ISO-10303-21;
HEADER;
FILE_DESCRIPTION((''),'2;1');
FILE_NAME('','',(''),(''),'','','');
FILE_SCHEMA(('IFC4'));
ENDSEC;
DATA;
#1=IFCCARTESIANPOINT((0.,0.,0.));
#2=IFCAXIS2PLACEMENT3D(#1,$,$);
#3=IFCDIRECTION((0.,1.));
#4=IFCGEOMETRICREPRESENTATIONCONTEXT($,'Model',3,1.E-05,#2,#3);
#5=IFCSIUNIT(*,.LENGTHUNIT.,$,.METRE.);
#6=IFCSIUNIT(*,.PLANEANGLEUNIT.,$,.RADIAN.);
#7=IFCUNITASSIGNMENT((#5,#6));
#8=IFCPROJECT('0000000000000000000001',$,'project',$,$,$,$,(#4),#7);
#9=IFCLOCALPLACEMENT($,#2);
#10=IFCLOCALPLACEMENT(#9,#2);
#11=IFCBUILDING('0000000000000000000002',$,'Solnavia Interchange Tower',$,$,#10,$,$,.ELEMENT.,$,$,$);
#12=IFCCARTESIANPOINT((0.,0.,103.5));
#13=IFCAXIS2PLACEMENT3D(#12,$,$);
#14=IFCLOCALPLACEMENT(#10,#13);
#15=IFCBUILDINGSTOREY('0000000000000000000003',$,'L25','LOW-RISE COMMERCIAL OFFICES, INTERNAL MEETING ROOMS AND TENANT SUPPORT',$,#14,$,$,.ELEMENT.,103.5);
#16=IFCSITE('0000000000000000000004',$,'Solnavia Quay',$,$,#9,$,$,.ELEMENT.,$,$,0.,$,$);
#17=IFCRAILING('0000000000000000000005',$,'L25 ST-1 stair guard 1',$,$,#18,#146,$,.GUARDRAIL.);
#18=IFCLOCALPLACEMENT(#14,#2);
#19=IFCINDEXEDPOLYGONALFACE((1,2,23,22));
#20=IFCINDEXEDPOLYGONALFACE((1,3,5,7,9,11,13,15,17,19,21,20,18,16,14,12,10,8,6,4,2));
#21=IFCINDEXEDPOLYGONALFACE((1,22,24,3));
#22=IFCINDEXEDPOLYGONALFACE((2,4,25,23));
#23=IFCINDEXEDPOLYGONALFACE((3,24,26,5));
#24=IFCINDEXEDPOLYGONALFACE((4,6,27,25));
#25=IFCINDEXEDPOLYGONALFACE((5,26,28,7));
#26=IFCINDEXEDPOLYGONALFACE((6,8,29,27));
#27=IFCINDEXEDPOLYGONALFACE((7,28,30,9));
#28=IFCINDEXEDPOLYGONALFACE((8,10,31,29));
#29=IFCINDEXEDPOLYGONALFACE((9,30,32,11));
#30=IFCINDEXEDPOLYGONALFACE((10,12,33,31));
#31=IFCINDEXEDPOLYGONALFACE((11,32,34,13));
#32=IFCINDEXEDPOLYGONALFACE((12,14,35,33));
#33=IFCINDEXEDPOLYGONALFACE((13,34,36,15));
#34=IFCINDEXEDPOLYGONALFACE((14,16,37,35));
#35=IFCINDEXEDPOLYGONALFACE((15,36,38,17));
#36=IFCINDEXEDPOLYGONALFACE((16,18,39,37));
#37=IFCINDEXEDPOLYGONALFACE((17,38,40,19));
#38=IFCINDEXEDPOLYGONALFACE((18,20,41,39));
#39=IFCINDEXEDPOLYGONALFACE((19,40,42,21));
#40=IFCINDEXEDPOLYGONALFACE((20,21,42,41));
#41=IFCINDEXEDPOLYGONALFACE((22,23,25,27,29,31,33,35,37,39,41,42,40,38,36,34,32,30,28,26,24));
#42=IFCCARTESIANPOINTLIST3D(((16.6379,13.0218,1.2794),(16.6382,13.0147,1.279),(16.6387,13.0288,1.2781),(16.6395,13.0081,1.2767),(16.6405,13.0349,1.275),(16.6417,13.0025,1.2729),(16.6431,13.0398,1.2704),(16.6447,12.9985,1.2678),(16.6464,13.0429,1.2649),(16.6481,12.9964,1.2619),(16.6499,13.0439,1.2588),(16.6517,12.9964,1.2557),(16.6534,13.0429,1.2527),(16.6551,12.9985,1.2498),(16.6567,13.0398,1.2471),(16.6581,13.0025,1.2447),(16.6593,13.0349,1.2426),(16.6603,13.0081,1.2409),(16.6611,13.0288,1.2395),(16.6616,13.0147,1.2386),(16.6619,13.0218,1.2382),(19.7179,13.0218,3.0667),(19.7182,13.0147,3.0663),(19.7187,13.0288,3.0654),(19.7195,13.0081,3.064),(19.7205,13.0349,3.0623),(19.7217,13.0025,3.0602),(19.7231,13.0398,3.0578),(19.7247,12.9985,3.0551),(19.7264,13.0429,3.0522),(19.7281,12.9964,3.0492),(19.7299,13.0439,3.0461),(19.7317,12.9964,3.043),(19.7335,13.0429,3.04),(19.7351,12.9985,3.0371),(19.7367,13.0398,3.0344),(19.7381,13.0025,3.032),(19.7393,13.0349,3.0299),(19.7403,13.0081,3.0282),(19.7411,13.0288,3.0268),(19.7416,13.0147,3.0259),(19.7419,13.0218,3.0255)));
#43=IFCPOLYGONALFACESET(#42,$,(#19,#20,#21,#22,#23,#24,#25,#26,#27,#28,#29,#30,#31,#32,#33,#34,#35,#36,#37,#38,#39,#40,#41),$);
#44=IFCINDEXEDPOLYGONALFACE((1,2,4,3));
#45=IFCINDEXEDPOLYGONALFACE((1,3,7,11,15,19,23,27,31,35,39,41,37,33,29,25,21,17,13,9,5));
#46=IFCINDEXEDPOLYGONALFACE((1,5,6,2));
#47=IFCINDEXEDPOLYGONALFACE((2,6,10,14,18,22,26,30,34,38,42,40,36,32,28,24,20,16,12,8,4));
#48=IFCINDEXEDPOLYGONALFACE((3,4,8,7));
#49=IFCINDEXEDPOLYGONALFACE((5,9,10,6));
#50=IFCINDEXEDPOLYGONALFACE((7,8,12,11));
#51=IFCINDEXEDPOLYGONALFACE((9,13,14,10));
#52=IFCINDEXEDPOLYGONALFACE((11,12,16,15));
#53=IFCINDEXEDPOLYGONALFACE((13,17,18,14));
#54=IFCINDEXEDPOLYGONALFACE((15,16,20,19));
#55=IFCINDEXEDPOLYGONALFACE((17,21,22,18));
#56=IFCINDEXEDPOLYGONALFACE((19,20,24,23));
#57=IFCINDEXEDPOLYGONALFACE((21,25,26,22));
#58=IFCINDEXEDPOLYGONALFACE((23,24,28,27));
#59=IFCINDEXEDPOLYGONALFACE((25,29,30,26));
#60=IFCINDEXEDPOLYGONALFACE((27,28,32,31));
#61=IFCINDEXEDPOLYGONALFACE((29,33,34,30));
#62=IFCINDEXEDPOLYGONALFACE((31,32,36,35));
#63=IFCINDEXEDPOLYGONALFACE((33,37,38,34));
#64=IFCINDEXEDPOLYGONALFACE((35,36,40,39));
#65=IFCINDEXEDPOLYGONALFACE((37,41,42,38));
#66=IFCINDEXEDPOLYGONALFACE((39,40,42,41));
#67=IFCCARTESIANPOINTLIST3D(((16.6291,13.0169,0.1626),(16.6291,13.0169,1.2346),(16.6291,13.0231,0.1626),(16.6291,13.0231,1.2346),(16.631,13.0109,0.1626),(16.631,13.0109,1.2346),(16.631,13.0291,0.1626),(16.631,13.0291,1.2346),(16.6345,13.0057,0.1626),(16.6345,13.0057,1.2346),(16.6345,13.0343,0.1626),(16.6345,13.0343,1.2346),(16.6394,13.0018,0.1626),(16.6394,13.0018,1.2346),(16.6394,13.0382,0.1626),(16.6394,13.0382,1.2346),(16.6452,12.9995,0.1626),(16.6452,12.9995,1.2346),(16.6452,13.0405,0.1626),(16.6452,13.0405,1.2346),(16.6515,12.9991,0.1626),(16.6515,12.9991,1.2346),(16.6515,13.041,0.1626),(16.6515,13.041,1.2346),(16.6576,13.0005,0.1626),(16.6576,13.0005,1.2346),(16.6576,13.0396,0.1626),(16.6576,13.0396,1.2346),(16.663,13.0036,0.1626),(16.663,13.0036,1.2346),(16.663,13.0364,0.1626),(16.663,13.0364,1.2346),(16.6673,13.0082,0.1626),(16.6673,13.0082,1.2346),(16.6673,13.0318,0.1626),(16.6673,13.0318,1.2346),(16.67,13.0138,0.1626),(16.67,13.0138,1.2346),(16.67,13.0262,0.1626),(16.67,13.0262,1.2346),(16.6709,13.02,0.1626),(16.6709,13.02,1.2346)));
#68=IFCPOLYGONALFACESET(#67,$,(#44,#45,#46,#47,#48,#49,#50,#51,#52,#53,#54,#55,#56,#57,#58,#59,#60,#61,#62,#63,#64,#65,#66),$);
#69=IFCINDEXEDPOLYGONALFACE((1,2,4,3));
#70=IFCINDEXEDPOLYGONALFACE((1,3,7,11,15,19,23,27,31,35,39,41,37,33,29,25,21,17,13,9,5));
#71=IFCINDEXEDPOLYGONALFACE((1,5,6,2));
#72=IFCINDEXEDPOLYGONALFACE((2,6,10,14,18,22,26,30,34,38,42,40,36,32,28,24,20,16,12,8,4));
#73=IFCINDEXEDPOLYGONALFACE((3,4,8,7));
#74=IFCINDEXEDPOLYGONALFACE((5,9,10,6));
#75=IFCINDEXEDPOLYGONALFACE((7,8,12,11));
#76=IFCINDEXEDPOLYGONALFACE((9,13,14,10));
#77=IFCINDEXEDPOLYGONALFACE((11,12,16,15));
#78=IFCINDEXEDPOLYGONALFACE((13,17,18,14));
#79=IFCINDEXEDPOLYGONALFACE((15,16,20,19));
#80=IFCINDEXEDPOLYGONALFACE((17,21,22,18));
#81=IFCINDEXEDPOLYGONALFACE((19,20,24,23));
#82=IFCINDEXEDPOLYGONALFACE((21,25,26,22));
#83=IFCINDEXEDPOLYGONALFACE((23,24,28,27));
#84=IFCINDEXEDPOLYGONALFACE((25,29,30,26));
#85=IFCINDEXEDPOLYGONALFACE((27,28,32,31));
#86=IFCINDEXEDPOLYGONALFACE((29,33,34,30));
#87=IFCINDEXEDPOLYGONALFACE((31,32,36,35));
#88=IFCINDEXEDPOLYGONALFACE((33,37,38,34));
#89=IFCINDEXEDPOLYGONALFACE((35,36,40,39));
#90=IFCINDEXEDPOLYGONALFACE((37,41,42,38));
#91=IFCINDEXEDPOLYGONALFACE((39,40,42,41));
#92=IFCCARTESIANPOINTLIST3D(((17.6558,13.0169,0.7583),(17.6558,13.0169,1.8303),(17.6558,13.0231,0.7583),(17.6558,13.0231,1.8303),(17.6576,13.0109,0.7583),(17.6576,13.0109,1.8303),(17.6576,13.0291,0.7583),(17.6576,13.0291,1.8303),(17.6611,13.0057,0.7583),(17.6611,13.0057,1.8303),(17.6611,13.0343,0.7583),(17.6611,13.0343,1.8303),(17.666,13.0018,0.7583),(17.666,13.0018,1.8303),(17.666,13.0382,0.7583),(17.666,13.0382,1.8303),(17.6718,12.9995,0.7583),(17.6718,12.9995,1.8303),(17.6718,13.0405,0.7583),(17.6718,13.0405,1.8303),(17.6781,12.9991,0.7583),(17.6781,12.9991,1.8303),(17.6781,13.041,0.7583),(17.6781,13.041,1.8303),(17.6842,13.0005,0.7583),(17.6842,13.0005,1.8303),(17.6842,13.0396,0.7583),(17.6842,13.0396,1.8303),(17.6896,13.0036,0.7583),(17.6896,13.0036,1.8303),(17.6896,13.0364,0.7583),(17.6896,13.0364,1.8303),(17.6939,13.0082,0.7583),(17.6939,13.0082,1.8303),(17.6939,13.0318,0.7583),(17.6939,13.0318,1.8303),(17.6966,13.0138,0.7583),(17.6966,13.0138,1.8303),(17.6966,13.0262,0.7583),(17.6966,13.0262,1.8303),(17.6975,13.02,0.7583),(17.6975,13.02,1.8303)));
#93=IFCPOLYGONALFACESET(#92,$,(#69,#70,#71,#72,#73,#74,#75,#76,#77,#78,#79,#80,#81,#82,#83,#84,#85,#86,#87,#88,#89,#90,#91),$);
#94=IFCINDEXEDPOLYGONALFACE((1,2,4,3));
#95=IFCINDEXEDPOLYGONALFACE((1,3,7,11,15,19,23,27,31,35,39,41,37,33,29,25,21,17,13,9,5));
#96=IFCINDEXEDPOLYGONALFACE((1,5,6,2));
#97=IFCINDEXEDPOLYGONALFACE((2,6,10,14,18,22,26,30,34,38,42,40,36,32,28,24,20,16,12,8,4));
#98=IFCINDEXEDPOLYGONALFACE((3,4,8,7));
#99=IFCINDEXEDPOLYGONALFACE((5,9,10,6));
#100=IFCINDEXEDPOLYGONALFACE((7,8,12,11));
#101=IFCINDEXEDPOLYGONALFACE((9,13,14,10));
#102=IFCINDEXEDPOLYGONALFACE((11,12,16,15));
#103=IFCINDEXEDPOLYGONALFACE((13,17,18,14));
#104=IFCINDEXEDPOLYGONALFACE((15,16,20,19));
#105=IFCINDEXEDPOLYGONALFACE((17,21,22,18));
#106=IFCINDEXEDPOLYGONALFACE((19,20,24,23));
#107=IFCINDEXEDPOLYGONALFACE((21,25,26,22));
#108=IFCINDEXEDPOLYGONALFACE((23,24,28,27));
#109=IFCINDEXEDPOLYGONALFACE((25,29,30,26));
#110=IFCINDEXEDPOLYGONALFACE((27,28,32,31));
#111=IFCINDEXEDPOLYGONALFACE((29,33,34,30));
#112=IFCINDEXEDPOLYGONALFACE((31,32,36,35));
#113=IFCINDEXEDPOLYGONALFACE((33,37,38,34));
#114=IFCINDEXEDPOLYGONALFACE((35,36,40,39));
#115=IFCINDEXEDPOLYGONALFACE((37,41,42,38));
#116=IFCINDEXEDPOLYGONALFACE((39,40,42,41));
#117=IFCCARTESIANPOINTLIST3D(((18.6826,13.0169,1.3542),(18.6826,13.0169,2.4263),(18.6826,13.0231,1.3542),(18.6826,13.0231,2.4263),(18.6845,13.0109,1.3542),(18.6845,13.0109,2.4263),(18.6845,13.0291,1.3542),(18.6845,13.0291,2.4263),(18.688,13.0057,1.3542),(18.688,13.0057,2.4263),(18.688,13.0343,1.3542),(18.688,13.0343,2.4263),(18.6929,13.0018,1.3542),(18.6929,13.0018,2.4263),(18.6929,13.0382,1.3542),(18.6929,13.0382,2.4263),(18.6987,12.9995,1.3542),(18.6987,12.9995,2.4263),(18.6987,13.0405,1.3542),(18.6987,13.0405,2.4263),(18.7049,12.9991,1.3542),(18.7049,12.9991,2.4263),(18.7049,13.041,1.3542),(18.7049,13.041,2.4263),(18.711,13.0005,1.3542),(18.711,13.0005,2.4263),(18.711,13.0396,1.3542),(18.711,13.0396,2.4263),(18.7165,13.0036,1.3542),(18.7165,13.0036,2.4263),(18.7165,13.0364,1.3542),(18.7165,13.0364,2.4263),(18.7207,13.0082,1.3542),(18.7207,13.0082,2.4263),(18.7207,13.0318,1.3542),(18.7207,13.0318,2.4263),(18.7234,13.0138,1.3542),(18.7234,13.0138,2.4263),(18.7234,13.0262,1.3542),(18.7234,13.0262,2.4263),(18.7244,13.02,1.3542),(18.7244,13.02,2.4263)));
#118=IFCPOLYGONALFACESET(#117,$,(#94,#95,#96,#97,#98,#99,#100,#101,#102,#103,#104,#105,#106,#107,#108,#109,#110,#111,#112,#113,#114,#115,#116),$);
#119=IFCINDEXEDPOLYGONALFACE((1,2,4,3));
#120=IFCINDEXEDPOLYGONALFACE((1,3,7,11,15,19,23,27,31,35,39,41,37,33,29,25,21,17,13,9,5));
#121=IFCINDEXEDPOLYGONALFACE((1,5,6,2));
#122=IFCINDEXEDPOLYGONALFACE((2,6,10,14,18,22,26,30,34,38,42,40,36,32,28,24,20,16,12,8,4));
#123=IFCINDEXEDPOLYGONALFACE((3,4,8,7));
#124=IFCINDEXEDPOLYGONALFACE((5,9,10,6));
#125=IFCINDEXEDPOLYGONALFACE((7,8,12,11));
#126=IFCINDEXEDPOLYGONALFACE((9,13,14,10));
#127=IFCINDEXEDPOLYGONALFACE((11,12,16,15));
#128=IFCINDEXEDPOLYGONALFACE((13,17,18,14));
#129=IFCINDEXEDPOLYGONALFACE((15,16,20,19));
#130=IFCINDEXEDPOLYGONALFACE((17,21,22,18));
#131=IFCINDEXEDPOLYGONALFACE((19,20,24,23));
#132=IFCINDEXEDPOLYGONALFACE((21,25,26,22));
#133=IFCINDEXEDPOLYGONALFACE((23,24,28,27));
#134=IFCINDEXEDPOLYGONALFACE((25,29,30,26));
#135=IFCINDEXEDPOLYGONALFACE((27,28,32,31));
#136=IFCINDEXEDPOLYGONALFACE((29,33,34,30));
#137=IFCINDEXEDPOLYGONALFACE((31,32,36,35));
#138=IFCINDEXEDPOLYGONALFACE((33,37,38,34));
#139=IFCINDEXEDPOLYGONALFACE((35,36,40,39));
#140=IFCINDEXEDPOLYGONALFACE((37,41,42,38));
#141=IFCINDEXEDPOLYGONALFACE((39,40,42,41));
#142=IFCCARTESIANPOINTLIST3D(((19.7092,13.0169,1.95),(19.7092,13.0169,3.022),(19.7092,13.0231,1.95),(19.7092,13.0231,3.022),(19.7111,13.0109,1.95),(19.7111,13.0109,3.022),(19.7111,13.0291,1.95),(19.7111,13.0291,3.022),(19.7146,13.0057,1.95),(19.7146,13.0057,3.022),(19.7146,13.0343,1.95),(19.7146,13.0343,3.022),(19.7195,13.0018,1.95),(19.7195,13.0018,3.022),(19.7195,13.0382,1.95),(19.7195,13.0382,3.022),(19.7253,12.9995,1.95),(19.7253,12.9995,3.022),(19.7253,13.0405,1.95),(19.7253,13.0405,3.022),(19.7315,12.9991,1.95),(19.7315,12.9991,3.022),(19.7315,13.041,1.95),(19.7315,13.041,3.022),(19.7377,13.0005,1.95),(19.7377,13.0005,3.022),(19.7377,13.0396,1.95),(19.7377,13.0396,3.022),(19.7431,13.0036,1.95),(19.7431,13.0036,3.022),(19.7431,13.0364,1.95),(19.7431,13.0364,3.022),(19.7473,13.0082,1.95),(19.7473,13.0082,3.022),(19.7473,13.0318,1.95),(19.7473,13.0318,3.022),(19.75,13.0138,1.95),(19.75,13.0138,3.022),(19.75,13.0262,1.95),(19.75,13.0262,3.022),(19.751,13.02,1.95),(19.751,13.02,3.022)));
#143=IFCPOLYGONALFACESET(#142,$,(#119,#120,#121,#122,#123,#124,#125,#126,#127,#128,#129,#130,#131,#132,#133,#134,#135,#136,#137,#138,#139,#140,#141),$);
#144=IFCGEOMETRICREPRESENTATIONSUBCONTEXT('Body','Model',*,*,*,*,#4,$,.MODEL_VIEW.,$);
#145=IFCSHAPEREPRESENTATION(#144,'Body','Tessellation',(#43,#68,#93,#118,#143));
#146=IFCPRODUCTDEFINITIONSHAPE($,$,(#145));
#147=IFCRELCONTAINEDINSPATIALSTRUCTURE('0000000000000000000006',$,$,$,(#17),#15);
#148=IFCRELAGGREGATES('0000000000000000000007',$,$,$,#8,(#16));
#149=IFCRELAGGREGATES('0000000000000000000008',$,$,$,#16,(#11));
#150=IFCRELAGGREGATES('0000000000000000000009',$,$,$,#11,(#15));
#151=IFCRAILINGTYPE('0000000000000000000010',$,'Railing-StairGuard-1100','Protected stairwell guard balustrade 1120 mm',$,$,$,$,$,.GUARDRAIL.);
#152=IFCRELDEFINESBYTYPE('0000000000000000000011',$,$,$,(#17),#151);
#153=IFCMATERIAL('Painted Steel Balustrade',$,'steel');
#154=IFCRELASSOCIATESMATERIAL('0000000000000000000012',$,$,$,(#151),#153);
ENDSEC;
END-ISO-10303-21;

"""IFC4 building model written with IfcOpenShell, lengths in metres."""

from ifc_helpers import new_model, si_unit, direction, frame, origin, origin_2d, place, context, subcontext, project, spatial, circle, extrude, material, type_object, element, save


model = new_model("IFC4")

# Units and contexts
model_context = context("Model", 3, precision=1e-05, world=origin(), true_north=direction((0.0, 1.0)))
body_context = subcontext(model_context, "Body", "Model", "MODEL_VIEW")
ifc_project = project(units=[si_unit("LENGTHUNIT", "METRE"), si_unit("PLANEANGLEUNIT", "RADIAN")], contexts=[model_context])

# Site, building, storey
site_placement = place(None, origin())
site = spatial("IfcSite", under=ifc_project, at=site_placement, Name="Solnavia Quay", CompositionType="ELEMENT", RefElevation=0.0)
building_placement = place(site_placement, origin())
building = spatial("IfcBuilding", under=site, at=building_placement, Name="Solnavia Interchange Tower", CompositionType="ELEMENT")
storey_placement = place(building_placement, frame((0.0, 0.0, 103.5)))
storey = spatial("IfcBuildingStorey", under=building, at=storey_placement, Name="L25", Description="LOW-RISE COMMERCIAL OFFICES, INTERNAL MEETING ROOMS AND TENANT SUPPORT", CompositionType="ELEMENT", Elevation=103.5)

# Railing
ifc_material_1 = material(Name="Painted Steel Balustrade", Category="steel")
railing_type_1 = type_object("IfcRailingType", Name="Railing-StairGuard-1100", Description="Protected stairwell guard balustrade 1120 mm", PredefinedType="GUARDRAIL", material=ifc_material_1)
railing_1_placement = place(storey_placement, frame((16.6499, 13.02, 0.1626)))
element("IfcRailing", 1, at=railing_1_placement, inside=storey, type_object=railing_type_1, Name="L25 ST-1 stair guard 1", PredefinedType="GUARDRAIL", context=body_context, shape_type="SweptSolid", body=[
    extrude(circle(Radius=0.0239, at=origin_2d()), frame((0.0, 0.0, 1.0962), z_axis=(0.86492, 0.0, 0.501909), x_axis=(0.0, 1.0, 0.0)), (0.0, 0.0, 1.0), 3.561),
    extrude(circle(Radius=0.021, at=origin_2d()), origin(), (0.0, 0.0, 1.0), 1.072),
    extrude(circle(Radius=0.021, at=origin_2d()), frame((1.0266, 0.0, 0.5957)), (0.0, 0.0, 1.0), 1.072),
    extrude(circle(Radius=0.021, at=origin_2d()), frame((2.0535, 0.0, 1.1917)), (0.0, 0.0, 1.0), 1.072),
    extrude(circle(Radius=0.021, at=origin_2d()), frame((3.0801, 0.0, 1.7874)), (0.0, 0.0, 1.0), 1.072),
])

save(model, "model.ifc")
